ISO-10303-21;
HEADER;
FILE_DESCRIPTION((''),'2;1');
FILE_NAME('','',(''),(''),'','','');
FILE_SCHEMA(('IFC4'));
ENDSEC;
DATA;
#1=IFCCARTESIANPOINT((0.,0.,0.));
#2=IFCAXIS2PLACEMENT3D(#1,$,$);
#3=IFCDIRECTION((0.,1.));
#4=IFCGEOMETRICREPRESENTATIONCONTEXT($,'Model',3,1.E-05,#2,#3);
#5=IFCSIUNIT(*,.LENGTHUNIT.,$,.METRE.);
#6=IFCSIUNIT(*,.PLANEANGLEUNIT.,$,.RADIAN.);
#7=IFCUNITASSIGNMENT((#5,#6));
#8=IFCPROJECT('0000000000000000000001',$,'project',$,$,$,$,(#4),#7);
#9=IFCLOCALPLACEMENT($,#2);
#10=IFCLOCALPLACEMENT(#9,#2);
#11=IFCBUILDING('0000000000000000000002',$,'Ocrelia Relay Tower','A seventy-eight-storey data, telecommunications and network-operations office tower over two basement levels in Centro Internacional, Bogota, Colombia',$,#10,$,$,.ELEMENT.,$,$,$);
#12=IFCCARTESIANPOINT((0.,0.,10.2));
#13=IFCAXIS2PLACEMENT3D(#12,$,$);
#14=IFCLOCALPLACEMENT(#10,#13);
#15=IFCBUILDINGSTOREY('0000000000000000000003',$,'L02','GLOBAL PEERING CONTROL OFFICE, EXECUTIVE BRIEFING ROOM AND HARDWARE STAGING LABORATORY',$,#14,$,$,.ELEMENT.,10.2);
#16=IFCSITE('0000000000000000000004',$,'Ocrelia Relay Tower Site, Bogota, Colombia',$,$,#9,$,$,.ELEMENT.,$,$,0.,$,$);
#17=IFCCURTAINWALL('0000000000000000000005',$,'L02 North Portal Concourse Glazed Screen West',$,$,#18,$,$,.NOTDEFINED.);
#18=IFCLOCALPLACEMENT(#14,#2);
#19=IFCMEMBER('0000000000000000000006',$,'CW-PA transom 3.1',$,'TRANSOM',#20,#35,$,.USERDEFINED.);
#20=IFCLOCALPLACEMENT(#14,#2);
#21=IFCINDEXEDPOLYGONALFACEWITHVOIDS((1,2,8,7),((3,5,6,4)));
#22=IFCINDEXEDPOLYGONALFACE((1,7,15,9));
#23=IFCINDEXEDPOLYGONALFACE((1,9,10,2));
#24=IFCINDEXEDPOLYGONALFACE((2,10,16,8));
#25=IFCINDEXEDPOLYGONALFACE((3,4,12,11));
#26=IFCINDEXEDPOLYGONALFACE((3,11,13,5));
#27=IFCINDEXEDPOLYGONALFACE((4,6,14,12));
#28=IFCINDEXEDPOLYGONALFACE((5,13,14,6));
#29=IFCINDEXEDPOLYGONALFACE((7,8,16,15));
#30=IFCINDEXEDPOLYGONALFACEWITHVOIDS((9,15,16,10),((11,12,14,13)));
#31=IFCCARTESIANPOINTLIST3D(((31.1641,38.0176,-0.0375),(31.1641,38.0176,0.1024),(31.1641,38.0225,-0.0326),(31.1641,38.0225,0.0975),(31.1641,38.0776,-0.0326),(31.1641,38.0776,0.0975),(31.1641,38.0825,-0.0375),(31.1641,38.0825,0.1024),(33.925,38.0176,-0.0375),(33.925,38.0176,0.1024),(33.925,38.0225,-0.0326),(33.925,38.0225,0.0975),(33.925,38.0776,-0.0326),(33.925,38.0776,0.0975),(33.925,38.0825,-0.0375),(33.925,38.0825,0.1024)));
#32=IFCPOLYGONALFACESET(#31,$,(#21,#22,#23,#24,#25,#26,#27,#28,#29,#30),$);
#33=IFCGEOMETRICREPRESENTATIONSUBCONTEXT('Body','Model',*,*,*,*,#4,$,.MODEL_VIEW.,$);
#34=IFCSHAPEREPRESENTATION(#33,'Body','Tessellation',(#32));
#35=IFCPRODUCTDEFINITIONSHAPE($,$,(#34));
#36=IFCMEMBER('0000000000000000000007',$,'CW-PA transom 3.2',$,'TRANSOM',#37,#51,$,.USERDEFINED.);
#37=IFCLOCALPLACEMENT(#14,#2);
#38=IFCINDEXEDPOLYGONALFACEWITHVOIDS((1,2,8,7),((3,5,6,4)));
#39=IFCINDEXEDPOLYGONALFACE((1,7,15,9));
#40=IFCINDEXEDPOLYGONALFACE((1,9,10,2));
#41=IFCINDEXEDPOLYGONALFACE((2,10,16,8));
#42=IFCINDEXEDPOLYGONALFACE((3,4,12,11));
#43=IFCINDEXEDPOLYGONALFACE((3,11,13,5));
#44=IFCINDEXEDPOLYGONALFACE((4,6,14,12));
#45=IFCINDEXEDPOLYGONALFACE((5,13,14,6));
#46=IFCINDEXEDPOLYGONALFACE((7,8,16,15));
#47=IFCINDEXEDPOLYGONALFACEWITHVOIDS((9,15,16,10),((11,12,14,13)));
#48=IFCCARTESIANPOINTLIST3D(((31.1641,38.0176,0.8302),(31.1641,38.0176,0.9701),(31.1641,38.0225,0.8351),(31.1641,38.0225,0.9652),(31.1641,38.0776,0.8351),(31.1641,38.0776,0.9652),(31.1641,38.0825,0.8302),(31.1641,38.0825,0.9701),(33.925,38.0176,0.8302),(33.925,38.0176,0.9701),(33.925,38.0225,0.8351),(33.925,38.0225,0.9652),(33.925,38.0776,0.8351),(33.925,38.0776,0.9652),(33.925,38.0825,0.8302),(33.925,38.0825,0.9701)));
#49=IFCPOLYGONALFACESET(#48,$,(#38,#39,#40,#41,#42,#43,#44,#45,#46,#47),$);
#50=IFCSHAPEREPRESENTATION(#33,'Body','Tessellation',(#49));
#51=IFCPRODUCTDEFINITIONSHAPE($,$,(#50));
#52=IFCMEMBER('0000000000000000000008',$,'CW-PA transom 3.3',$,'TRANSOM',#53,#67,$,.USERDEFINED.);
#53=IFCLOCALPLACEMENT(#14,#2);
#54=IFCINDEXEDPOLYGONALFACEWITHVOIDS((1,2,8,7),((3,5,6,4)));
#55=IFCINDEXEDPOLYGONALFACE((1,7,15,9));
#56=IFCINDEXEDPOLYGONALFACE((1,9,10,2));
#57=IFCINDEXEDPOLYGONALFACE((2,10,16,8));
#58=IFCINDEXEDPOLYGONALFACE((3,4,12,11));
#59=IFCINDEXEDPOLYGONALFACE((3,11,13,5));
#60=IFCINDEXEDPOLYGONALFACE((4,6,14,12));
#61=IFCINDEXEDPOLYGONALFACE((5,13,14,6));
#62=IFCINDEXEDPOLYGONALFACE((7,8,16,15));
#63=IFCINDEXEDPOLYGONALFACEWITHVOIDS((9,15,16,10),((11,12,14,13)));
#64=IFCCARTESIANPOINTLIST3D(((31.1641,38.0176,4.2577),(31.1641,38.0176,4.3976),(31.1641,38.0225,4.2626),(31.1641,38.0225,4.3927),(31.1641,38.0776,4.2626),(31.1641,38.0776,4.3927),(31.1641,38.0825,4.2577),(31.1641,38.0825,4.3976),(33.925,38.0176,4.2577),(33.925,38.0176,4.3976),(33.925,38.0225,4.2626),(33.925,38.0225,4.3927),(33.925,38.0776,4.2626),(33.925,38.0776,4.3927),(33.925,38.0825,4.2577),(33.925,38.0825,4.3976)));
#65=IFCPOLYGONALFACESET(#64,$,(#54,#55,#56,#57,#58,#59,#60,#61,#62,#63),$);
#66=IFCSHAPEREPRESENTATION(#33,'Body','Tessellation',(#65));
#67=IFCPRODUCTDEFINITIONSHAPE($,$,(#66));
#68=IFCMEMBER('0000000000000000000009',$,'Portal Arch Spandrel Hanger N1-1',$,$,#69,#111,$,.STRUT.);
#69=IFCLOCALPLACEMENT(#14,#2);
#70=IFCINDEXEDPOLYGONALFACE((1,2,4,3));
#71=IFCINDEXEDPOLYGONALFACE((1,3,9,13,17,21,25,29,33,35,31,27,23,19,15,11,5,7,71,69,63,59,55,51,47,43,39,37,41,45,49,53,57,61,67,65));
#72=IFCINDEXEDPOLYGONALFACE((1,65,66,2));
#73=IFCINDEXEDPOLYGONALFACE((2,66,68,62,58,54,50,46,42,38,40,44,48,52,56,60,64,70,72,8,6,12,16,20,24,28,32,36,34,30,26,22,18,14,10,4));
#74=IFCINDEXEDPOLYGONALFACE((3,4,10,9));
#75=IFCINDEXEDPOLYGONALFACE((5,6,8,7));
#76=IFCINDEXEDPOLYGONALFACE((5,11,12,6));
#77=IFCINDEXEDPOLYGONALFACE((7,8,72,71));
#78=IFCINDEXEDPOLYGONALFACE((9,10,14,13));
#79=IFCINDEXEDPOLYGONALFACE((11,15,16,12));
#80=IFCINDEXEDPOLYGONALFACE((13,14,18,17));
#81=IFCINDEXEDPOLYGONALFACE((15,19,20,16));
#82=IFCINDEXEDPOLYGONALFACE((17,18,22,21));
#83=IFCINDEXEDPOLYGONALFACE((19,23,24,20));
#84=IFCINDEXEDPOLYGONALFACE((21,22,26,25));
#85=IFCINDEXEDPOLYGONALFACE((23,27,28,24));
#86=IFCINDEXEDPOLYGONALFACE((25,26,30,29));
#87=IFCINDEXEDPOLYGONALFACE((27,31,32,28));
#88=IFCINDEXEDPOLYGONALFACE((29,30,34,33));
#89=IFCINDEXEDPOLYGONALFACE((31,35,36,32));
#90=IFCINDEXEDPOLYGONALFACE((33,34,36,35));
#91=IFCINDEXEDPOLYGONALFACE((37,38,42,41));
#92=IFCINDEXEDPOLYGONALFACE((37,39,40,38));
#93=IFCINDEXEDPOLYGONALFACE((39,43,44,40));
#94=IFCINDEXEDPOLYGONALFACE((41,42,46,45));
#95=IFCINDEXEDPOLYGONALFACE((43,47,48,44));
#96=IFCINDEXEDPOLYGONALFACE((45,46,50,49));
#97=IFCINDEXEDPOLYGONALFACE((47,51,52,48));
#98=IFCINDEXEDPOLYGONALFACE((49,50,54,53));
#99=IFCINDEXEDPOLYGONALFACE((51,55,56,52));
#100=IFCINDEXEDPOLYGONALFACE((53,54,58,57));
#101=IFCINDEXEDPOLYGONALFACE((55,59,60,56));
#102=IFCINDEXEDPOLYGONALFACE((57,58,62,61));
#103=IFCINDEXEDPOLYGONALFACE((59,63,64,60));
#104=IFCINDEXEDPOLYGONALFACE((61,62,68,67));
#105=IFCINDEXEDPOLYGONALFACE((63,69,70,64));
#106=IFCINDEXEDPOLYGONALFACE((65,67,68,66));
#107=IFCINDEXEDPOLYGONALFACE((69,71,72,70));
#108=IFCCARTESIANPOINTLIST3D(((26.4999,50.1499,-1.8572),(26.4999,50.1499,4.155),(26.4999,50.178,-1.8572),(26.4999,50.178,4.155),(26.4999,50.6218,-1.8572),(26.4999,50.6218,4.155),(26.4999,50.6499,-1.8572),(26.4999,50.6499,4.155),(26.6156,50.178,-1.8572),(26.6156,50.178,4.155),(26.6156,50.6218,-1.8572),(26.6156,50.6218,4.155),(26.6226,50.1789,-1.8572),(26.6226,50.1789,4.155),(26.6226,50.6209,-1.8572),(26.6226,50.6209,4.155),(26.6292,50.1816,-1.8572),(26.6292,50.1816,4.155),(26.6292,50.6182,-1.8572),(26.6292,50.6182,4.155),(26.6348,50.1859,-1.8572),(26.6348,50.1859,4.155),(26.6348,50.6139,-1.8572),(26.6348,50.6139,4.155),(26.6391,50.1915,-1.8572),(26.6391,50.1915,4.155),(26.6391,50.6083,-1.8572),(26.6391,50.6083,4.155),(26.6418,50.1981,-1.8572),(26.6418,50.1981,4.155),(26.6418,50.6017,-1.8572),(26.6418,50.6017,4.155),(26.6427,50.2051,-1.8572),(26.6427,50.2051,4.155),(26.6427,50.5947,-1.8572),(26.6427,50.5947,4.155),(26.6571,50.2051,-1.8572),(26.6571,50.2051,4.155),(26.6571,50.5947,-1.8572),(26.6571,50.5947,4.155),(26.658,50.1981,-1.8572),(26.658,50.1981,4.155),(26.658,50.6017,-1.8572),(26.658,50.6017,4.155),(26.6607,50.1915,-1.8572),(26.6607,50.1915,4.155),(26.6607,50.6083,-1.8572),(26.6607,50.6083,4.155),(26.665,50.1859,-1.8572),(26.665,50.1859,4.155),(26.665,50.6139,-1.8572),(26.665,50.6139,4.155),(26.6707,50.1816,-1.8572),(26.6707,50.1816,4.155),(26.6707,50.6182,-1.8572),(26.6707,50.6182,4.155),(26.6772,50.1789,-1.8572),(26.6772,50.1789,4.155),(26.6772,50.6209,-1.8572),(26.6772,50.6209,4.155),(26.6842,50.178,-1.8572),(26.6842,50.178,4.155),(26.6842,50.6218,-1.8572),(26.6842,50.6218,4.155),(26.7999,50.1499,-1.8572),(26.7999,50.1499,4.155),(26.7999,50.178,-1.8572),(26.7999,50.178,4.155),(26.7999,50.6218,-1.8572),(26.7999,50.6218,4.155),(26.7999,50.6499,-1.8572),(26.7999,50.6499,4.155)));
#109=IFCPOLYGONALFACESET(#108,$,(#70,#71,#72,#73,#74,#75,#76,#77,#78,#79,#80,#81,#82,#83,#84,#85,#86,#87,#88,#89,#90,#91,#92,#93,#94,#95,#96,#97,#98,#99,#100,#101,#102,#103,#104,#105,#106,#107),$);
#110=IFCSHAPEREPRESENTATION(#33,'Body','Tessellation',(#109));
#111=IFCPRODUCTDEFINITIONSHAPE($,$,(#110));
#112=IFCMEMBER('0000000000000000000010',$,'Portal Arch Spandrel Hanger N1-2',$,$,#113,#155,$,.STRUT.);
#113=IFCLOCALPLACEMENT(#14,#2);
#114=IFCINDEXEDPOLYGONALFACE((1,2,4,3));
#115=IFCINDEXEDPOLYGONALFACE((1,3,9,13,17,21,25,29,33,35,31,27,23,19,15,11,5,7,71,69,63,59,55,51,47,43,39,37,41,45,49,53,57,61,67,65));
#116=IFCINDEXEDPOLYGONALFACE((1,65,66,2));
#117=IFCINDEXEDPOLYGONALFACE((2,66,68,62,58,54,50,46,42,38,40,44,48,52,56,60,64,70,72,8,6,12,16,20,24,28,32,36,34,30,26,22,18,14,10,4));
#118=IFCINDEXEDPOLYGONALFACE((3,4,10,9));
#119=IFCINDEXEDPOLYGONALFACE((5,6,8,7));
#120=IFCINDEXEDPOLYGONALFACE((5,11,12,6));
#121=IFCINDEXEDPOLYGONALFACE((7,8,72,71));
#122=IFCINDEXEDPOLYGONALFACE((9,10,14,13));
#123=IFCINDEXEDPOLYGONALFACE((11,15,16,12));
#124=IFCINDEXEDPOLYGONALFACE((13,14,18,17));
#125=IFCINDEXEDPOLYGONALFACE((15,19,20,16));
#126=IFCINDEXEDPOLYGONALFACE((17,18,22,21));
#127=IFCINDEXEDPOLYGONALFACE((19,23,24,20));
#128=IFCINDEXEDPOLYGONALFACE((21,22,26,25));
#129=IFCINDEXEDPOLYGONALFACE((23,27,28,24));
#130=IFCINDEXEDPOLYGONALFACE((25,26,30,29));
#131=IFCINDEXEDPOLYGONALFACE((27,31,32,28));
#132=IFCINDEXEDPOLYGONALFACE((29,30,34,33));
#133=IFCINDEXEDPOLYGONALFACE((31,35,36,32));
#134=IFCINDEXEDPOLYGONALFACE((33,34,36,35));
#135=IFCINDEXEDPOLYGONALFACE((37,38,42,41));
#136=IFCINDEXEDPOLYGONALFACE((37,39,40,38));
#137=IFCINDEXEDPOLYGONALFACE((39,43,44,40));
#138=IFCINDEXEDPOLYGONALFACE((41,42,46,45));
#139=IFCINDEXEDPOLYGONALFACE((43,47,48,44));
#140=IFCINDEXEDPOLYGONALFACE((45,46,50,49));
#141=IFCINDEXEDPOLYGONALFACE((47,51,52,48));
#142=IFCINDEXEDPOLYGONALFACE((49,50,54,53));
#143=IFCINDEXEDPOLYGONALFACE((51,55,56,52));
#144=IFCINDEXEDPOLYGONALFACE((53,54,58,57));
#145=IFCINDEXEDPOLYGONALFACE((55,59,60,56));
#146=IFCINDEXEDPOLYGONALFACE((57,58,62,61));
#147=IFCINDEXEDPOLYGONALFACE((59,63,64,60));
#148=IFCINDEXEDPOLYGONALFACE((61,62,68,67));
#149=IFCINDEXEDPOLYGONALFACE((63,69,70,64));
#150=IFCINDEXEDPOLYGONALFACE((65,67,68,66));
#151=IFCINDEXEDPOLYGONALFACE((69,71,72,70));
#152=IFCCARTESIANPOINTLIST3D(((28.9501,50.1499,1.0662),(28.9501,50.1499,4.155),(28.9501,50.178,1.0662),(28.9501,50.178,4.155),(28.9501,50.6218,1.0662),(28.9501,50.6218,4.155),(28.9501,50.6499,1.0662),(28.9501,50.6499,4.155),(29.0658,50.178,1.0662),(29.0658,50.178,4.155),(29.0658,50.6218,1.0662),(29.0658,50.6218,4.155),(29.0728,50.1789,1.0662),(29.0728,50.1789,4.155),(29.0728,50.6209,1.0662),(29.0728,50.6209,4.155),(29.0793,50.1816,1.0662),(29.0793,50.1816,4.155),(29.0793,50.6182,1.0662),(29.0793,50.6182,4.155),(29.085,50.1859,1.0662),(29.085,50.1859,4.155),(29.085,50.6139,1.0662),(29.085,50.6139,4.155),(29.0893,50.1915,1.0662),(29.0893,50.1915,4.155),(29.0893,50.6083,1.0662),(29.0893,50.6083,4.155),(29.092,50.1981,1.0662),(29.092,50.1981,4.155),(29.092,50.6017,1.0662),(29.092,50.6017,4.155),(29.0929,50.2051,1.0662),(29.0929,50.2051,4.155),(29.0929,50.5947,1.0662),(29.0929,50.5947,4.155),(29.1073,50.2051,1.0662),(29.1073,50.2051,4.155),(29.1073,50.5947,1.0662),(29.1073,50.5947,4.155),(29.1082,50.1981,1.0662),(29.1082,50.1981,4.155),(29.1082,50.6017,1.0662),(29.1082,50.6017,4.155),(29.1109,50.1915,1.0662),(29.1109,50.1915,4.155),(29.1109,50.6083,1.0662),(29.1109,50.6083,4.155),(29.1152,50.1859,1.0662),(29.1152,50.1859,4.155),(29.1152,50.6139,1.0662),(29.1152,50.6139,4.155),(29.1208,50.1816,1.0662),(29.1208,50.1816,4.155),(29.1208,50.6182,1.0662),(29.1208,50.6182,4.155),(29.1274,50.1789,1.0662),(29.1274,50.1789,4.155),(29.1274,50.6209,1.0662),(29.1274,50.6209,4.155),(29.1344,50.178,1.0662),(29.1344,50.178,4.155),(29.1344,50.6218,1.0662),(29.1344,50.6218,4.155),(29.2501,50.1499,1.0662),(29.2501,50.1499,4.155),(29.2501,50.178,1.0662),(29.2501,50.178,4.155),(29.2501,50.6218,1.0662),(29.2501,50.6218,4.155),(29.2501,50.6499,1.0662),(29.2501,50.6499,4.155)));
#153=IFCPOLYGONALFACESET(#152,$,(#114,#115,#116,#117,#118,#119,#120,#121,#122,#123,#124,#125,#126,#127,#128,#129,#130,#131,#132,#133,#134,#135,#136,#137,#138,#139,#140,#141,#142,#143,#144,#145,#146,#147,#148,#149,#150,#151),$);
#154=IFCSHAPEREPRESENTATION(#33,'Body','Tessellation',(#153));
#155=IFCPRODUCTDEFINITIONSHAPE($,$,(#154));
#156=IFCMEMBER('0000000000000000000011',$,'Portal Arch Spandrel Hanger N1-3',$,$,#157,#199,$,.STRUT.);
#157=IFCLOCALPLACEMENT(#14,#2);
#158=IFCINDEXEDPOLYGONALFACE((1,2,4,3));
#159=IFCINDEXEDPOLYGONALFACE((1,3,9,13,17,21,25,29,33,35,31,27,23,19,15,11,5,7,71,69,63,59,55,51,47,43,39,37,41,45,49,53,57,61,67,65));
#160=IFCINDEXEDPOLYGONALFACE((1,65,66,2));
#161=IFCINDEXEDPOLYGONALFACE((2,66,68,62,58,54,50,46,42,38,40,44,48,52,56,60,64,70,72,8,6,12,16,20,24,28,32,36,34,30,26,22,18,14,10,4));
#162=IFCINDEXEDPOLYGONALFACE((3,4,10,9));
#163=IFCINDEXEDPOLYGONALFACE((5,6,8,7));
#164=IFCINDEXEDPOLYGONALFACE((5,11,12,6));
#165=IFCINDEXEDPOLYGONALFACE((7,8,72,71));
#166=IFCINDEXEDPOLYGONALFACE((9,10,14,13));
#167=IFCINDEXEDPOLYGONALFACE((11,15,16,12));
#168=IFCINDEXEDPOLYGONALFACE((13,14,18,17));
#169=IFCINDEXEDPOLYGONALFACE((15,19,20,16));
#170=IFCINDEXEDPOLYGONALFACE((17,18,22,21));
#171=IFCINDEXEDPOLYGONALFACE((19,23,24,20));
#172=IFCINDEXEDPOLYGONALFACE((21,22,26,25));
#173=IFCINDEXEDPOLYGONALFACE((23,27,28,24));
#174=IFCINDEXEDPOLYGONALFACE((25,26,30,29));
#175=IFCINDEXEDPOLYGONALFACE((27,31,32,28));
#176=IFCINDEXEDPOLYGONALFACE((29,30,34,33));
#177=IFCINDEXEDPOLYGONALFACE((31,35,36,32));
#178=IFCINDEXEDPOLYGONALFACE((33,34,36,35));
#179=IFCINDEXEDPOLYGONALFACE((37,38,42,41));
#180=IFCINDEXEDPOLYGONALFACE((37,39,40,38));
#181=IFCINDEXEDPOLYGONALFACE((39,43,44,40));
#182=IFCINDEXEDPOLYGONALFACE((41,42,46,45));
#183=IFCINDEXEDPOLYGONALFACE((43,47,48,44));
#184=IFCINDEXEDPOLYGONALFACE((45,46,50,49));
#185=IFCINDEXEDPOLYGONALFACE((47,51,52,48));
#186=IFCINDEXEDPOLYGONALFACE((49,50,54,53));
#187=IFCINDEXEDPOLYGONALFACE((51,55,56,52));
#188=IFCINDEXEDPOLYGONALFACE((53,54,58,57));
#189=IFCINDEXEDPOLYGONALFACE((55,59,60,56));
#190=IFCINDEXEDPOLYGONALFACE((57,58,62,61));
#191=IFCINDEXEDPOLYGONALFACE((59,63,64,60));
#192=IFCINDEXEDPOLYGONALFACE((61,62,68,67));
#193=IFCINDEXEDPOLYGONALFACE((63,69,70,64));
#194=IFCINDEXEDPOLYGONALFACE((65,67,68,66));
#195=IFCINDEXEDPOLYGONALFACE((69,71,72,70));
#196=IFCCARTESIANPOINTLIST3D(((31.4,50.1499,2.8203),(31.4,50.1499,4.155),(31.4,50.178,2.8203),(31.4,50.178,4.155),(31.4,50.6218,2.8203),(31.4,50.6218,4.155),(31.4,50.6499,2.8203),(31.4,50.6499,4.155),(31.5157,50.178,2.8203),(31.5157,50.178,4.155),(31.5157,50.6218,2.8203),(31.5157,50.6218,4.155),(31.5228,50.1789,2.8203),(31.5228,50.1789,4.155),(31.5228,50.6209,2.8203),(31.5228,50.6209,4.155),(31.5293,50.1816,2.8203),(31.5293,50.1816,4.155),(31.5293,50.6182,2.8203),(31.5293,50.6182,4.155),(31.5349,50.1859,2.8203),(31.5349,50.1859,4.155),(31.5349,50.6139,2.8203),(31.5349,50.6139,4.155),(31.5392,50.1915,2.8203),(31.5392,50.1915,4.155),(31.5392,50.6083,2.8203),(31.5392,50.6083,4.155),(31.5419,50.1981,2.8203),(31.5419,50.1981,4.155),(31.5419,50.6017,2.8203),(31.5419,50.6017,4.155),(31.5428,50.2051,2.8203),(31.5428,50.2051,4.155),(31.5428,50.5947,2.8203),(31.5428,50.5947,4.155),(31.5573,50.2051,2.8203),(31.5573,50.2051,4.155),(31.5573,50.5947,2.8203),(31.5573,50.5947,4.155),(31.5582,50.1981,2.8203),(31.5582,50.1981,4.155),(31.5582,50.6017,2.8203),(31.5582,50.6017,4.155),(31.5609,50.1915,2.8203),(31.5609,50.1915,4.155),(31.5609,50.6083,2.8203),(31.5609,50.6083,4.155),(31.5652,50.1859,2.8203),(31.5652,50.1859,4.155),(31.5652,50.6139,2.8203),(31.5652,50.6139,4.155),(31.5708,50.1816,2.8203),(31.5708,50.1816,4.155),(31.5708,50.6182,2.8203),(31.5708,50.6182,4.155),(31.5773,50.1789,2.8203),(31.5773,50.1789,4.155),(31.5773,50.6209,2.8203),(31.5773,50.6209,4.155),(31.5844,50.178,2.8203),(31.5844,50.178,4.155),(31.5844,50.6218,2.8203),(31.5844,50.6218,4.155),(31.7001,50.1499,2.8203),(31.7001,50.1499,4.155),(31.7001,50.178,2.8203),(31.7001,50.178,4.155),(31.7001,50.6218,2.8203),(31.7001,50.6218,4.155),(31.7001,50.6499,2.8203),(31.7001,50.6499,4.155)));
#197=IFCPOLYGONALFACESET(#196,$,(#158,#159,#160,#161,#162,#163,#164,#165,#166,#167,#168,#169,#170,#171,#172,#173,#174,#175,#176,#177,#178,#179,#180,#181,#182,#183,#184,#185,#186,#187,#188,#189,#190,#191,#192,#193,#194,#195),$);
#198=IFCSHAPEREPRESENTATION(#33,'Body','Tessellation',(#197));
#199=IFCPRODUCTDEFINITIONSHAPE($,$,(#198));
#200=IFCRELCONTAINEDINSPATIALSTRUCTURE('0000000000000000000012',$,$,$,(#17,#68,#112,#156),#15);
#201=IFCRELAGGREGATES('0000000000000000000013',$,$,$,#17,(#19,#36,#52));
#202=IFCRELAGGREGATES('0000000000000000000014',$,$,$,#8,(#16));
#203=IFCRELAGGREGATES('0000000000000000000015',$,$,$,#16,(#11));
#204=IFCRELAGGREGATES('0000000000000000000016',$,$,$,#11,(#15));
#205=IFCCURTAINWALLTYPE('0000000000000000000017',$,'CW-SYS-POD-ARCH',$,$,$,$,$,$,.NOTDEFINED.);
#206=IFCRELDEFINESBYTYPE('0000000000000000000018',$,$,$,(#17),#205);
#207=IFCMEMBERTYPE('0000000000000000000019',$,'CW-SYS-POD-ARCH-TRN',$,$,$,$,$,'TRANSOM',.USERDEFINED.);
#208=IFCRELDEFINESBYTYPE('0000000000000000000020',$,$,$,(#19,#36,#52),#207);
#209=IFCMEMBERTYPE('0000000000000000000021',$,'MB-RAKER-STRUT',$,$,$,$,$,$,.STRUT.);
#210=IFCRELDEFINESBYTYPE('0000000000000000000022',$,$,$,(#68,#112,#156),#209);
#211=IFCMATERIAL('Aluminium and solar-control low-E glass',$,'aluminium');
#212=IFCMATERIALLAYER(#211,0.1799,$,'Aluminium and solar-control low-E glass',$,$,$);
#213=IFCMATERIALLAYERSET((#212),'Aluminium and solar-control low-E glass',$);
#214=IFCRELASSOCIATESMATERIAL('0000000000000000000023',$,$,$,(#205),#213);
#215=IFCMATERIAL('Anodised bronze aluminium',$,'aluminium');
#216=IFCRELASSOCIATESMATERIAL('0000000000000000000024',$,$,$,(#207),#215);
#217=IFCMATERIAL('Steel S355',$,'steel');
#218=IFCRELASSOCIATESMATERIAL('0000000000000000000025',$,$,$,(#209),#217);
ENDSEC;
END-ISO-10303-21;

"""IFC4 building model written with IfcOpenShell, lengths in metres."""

from ifc_helpers import new_model, si_unit, direction, frame, origin, origin_2d, place, context, subcontext, project, spatial, hollow_rectangle, i_section, extrude, material, layer, layer_set, material_profile, profile_set, type_object, element, aggregate, save


model = new_model("IFC4")

# Units and contexts
model_context = context("Model", 3, precision=1e-05, world=origin(), true_north=direction((0.0, 1.0)))
body_context = subcontext(model_context, "Body", "Model", "MODEL_VIEW")
ifc_project = project(units=[si_unit("LENGTHUNIT", "METRE"), si_unit("PLANEANGLEUNIT", "RADIAN")], contexts=[model_context])

# Site, building, storey
site_placement = place(None, origin())
site = spatial("IfcSite", under=ifc_project, at=site_placement, Name="Ocrelia Relay Tower Site, Bogota, Colombia", CompositionType="ELEMENT", RefElevation=0.0)
building_placement = place(site_placement, origin())
building = spatial("IfcBuilding", under=site, at=building_placement, Name="Ocrelia Relay Tower", Description="A seventy-eight-storey data, telecommunications and network-operations office tower over two basement levels in Centro Internacional, Bogota, Colombia", CompositionType="ELEMENT")
storey_placement = place(building_placement, frame((0.0, 0.0, 10.2)))
storey = spatial("IfcBuildingStorey", under=building, at=storey_placement, Name="L02", Description="GLOBAL PEERING CONTROL OFFICE, EXECUTIVE BRIEFING ROOM AND HARDWARE STAGING LABORATORY", CompositionType="ELEMENT", Elevation=10.2)

# Shared definitions
ifc_material_1 = material(Name="Steel S355", Category="steel")

# Curtain wall, members
ifc_material_2 = material(Name="Aluminium and solar-control low-E glass", Category="aluminium")
ifc_layer_1 = layer(ifc_material_2, 0.1799, Name="Aluminium and solar-control low-E glass")
ifc_layer_set_1 = layer_set([ifc_layer_1], Name="Aluminium and solar-control low-E glass")
curtain_wall_type = type_object("IfcCurtainWallType", Name="CW-SYS-POD-ARCH", PredefinedType="NOTDEFINED", material=ifc_layer_set_1)
curtain_wall_placement = place(storey_placement, origin())
curtain_wall = element("IfcCurtainWall", 1, at=curtain_wall_placement, inside=storey, type_object=curtain_wall_type, Name="L02 North Portal Concourse Glazed Screen West", PredefinedType="NOTDEFINED")
ifc_material_3 = material(Name="Anodised bronze aluminium", Category="aluminium")
ifc_material_profile_1 = material_profile(ifc_material_3, hollow_rectangle(XDim=0.0649, YDim=0.1399, WallThickness=0.0049, at=origin_2d()), Name="CW-TRN-140x65")
ifc_profile_set_1 = profile_set([ifc_material_profile_1], Name="Anodised bronze aluminium")
member_type_1 = type_object("IfcMemberType", Name="CW-SYS-POD-ARCH-TRN", ElementType="TRANSOM", PredefinedType="USERDEFINED", material=ifc_profile_set_1)
member_1_placement = place(storey_placement, frame((31.1641, 38.05, 0.0325), z_axis=(1.0, 0.0, 0.0), x_axis=(0.0, 1.0, 0.0)))
member_1 = element("IfcMember", 2, at=member_1_placement, type_object=member_type_1, Name="CW-PA transom 3.1", ObjectType="TRANSOM", PredefinedType="USERDEFINED", context=body_context, shape_type="SweptSolid", body=[
    extrude(hollow_rectangle(XDim=0.0649, YDim=0.1399, WallThickness=0.0049, at=origin_2d()), origin(), (0.0, 0.0, 1.0), 2.761),
])
member_2_placement = place(storey_placement, frame((31.1641, 38.05, 0.9001), z_axis=(1.0, 0.0, 0.0), x_axis=(0.0, 1.0, 0.0)))
member_2 = element("IfcMember", 3, at=member_2_placement, type_object=member_type_1, Name="CW-PA transom 3.2", ObjectType="TRANSOM", PredefinedType="USERDEFINED", context=body_context, shape_type="SweptSolid", body=[
    extrude(hollow_rectangle(XDim=0.0649, YDim=0.1399, WallThickness=0.0049, at=origin_2d()), origin(), (0.0, 0.0, 1.0), 2.761),
])
member_3_placement = place(storey_placement, frame((31.1641, 38.05, 4.3276), z_axis=(1.0, 0.0, 0.0), x_axis=(0.0, 1.0, 0.0)))
member_3 = element("IfcMember", 4, at=member_3_placement, type_object=member_type_1, Name="CW-PA transom 3.3", ObjectType="TRANSOM", PredefinedType="USERDEFINED", context=body_context, shape_type="SweptSolid", body=[
    extrude(hollow_rectangle(XDim=0.0649, YDim=0.1399, WallThickness=0.0049, at=origin_2d()), origin(), (0.0, 0.0, 1.0), 2.761),
])

# Members
ifc_material_profile_2 = material_profile(ifc_material_1, i_section(OverallWidth=0.3, OverallDepth=0.5, WebThickness=0.0144, FlangeThickness=0.0281, FilletRadius=0.0271, at=origin_2d()), Name="HEB 500")
ifc_profile_set_2 = profile_set([ifc_material_profile_2], Name="Steel S355")
member_type_2 = type_object("IfcMemberType", Name="MB-RAKER-STRUT", PredefinedType="STRUT", material=ifc_profile_set_2)
member_4_placement = place(storey_placement, frame((26.6499, 50.3999, -1.8572), z_axis=(0.0, 0.0, 1.0), x_axis=(1.0, 0.0, 0.0)))
element("IfcMember", 5, at=member_4_placement, inside=storey, type_object=member_type_2, Name="Portal Arch Spandrel Hanger N1-1", PredefinedType="STRUT", context=body_context, shape_type="SweptSolid", body=[
    extrude(i_section(OverallWidth=0.3, OverallDepth=0.5, WebThickness=0.0144, FlangeThickness=0.0281, FilletRadius=0.0271, at=origin_2d()), origin(), (0.0, 0.0, 1.0), 6.0122),
])
member_5_placement = place(storey_placement, frame((29.1001, 50.3999, 1.0662), z_axis=(0.0, 0.0, 1.0), x_axis=(1.0, 0.0, 0.0)))
element("IfcMember", 6, at=member_5_placement, inside=storey, type_object=member_type_2, Name="Portal Arch Spandrel Hanger N1-2", PredefinedType="STRUT", context=body_context, shape_type="SweptSolid", body=[
    extrude(i_section(OverallWidth=0.3, OverallDepth=0.5, WebThickness=0.0144, FlangeThickness=0.0281, FilletRadius=0.0271, at=origin_2d()), origin(), (0.0, 0.0, 1.0), 3.0889),
])
member_6_placement = place(storey_placement, frame((31.55, 50.3999, 2.8203), z_axis=(0.0, 0.0, 1.0), x_axis=(1.0, 0.0, 0.0)))
element("IfcMember", 7, at=member_6_placement, inside=storey, type_object=member_type_2, Name="Portal Arch Spandrel Hanger N1-3", PredefinedType="STRUT", context=body_context, shape_type="SweptSolid", body=[
    extrude(i_section(OverallWidth=0.3, OverallDepth=0.5, WebThickness=0.0144, FlangeThickness=0.0281, FilletRadius=0.0271, at=origin_2d()), origin(), (0.0, 0.0, 1.0), 1.3347),
])

aggregate(curtain_wall, [member_1, member_2, member_3])

save(model, "model.ifc")
